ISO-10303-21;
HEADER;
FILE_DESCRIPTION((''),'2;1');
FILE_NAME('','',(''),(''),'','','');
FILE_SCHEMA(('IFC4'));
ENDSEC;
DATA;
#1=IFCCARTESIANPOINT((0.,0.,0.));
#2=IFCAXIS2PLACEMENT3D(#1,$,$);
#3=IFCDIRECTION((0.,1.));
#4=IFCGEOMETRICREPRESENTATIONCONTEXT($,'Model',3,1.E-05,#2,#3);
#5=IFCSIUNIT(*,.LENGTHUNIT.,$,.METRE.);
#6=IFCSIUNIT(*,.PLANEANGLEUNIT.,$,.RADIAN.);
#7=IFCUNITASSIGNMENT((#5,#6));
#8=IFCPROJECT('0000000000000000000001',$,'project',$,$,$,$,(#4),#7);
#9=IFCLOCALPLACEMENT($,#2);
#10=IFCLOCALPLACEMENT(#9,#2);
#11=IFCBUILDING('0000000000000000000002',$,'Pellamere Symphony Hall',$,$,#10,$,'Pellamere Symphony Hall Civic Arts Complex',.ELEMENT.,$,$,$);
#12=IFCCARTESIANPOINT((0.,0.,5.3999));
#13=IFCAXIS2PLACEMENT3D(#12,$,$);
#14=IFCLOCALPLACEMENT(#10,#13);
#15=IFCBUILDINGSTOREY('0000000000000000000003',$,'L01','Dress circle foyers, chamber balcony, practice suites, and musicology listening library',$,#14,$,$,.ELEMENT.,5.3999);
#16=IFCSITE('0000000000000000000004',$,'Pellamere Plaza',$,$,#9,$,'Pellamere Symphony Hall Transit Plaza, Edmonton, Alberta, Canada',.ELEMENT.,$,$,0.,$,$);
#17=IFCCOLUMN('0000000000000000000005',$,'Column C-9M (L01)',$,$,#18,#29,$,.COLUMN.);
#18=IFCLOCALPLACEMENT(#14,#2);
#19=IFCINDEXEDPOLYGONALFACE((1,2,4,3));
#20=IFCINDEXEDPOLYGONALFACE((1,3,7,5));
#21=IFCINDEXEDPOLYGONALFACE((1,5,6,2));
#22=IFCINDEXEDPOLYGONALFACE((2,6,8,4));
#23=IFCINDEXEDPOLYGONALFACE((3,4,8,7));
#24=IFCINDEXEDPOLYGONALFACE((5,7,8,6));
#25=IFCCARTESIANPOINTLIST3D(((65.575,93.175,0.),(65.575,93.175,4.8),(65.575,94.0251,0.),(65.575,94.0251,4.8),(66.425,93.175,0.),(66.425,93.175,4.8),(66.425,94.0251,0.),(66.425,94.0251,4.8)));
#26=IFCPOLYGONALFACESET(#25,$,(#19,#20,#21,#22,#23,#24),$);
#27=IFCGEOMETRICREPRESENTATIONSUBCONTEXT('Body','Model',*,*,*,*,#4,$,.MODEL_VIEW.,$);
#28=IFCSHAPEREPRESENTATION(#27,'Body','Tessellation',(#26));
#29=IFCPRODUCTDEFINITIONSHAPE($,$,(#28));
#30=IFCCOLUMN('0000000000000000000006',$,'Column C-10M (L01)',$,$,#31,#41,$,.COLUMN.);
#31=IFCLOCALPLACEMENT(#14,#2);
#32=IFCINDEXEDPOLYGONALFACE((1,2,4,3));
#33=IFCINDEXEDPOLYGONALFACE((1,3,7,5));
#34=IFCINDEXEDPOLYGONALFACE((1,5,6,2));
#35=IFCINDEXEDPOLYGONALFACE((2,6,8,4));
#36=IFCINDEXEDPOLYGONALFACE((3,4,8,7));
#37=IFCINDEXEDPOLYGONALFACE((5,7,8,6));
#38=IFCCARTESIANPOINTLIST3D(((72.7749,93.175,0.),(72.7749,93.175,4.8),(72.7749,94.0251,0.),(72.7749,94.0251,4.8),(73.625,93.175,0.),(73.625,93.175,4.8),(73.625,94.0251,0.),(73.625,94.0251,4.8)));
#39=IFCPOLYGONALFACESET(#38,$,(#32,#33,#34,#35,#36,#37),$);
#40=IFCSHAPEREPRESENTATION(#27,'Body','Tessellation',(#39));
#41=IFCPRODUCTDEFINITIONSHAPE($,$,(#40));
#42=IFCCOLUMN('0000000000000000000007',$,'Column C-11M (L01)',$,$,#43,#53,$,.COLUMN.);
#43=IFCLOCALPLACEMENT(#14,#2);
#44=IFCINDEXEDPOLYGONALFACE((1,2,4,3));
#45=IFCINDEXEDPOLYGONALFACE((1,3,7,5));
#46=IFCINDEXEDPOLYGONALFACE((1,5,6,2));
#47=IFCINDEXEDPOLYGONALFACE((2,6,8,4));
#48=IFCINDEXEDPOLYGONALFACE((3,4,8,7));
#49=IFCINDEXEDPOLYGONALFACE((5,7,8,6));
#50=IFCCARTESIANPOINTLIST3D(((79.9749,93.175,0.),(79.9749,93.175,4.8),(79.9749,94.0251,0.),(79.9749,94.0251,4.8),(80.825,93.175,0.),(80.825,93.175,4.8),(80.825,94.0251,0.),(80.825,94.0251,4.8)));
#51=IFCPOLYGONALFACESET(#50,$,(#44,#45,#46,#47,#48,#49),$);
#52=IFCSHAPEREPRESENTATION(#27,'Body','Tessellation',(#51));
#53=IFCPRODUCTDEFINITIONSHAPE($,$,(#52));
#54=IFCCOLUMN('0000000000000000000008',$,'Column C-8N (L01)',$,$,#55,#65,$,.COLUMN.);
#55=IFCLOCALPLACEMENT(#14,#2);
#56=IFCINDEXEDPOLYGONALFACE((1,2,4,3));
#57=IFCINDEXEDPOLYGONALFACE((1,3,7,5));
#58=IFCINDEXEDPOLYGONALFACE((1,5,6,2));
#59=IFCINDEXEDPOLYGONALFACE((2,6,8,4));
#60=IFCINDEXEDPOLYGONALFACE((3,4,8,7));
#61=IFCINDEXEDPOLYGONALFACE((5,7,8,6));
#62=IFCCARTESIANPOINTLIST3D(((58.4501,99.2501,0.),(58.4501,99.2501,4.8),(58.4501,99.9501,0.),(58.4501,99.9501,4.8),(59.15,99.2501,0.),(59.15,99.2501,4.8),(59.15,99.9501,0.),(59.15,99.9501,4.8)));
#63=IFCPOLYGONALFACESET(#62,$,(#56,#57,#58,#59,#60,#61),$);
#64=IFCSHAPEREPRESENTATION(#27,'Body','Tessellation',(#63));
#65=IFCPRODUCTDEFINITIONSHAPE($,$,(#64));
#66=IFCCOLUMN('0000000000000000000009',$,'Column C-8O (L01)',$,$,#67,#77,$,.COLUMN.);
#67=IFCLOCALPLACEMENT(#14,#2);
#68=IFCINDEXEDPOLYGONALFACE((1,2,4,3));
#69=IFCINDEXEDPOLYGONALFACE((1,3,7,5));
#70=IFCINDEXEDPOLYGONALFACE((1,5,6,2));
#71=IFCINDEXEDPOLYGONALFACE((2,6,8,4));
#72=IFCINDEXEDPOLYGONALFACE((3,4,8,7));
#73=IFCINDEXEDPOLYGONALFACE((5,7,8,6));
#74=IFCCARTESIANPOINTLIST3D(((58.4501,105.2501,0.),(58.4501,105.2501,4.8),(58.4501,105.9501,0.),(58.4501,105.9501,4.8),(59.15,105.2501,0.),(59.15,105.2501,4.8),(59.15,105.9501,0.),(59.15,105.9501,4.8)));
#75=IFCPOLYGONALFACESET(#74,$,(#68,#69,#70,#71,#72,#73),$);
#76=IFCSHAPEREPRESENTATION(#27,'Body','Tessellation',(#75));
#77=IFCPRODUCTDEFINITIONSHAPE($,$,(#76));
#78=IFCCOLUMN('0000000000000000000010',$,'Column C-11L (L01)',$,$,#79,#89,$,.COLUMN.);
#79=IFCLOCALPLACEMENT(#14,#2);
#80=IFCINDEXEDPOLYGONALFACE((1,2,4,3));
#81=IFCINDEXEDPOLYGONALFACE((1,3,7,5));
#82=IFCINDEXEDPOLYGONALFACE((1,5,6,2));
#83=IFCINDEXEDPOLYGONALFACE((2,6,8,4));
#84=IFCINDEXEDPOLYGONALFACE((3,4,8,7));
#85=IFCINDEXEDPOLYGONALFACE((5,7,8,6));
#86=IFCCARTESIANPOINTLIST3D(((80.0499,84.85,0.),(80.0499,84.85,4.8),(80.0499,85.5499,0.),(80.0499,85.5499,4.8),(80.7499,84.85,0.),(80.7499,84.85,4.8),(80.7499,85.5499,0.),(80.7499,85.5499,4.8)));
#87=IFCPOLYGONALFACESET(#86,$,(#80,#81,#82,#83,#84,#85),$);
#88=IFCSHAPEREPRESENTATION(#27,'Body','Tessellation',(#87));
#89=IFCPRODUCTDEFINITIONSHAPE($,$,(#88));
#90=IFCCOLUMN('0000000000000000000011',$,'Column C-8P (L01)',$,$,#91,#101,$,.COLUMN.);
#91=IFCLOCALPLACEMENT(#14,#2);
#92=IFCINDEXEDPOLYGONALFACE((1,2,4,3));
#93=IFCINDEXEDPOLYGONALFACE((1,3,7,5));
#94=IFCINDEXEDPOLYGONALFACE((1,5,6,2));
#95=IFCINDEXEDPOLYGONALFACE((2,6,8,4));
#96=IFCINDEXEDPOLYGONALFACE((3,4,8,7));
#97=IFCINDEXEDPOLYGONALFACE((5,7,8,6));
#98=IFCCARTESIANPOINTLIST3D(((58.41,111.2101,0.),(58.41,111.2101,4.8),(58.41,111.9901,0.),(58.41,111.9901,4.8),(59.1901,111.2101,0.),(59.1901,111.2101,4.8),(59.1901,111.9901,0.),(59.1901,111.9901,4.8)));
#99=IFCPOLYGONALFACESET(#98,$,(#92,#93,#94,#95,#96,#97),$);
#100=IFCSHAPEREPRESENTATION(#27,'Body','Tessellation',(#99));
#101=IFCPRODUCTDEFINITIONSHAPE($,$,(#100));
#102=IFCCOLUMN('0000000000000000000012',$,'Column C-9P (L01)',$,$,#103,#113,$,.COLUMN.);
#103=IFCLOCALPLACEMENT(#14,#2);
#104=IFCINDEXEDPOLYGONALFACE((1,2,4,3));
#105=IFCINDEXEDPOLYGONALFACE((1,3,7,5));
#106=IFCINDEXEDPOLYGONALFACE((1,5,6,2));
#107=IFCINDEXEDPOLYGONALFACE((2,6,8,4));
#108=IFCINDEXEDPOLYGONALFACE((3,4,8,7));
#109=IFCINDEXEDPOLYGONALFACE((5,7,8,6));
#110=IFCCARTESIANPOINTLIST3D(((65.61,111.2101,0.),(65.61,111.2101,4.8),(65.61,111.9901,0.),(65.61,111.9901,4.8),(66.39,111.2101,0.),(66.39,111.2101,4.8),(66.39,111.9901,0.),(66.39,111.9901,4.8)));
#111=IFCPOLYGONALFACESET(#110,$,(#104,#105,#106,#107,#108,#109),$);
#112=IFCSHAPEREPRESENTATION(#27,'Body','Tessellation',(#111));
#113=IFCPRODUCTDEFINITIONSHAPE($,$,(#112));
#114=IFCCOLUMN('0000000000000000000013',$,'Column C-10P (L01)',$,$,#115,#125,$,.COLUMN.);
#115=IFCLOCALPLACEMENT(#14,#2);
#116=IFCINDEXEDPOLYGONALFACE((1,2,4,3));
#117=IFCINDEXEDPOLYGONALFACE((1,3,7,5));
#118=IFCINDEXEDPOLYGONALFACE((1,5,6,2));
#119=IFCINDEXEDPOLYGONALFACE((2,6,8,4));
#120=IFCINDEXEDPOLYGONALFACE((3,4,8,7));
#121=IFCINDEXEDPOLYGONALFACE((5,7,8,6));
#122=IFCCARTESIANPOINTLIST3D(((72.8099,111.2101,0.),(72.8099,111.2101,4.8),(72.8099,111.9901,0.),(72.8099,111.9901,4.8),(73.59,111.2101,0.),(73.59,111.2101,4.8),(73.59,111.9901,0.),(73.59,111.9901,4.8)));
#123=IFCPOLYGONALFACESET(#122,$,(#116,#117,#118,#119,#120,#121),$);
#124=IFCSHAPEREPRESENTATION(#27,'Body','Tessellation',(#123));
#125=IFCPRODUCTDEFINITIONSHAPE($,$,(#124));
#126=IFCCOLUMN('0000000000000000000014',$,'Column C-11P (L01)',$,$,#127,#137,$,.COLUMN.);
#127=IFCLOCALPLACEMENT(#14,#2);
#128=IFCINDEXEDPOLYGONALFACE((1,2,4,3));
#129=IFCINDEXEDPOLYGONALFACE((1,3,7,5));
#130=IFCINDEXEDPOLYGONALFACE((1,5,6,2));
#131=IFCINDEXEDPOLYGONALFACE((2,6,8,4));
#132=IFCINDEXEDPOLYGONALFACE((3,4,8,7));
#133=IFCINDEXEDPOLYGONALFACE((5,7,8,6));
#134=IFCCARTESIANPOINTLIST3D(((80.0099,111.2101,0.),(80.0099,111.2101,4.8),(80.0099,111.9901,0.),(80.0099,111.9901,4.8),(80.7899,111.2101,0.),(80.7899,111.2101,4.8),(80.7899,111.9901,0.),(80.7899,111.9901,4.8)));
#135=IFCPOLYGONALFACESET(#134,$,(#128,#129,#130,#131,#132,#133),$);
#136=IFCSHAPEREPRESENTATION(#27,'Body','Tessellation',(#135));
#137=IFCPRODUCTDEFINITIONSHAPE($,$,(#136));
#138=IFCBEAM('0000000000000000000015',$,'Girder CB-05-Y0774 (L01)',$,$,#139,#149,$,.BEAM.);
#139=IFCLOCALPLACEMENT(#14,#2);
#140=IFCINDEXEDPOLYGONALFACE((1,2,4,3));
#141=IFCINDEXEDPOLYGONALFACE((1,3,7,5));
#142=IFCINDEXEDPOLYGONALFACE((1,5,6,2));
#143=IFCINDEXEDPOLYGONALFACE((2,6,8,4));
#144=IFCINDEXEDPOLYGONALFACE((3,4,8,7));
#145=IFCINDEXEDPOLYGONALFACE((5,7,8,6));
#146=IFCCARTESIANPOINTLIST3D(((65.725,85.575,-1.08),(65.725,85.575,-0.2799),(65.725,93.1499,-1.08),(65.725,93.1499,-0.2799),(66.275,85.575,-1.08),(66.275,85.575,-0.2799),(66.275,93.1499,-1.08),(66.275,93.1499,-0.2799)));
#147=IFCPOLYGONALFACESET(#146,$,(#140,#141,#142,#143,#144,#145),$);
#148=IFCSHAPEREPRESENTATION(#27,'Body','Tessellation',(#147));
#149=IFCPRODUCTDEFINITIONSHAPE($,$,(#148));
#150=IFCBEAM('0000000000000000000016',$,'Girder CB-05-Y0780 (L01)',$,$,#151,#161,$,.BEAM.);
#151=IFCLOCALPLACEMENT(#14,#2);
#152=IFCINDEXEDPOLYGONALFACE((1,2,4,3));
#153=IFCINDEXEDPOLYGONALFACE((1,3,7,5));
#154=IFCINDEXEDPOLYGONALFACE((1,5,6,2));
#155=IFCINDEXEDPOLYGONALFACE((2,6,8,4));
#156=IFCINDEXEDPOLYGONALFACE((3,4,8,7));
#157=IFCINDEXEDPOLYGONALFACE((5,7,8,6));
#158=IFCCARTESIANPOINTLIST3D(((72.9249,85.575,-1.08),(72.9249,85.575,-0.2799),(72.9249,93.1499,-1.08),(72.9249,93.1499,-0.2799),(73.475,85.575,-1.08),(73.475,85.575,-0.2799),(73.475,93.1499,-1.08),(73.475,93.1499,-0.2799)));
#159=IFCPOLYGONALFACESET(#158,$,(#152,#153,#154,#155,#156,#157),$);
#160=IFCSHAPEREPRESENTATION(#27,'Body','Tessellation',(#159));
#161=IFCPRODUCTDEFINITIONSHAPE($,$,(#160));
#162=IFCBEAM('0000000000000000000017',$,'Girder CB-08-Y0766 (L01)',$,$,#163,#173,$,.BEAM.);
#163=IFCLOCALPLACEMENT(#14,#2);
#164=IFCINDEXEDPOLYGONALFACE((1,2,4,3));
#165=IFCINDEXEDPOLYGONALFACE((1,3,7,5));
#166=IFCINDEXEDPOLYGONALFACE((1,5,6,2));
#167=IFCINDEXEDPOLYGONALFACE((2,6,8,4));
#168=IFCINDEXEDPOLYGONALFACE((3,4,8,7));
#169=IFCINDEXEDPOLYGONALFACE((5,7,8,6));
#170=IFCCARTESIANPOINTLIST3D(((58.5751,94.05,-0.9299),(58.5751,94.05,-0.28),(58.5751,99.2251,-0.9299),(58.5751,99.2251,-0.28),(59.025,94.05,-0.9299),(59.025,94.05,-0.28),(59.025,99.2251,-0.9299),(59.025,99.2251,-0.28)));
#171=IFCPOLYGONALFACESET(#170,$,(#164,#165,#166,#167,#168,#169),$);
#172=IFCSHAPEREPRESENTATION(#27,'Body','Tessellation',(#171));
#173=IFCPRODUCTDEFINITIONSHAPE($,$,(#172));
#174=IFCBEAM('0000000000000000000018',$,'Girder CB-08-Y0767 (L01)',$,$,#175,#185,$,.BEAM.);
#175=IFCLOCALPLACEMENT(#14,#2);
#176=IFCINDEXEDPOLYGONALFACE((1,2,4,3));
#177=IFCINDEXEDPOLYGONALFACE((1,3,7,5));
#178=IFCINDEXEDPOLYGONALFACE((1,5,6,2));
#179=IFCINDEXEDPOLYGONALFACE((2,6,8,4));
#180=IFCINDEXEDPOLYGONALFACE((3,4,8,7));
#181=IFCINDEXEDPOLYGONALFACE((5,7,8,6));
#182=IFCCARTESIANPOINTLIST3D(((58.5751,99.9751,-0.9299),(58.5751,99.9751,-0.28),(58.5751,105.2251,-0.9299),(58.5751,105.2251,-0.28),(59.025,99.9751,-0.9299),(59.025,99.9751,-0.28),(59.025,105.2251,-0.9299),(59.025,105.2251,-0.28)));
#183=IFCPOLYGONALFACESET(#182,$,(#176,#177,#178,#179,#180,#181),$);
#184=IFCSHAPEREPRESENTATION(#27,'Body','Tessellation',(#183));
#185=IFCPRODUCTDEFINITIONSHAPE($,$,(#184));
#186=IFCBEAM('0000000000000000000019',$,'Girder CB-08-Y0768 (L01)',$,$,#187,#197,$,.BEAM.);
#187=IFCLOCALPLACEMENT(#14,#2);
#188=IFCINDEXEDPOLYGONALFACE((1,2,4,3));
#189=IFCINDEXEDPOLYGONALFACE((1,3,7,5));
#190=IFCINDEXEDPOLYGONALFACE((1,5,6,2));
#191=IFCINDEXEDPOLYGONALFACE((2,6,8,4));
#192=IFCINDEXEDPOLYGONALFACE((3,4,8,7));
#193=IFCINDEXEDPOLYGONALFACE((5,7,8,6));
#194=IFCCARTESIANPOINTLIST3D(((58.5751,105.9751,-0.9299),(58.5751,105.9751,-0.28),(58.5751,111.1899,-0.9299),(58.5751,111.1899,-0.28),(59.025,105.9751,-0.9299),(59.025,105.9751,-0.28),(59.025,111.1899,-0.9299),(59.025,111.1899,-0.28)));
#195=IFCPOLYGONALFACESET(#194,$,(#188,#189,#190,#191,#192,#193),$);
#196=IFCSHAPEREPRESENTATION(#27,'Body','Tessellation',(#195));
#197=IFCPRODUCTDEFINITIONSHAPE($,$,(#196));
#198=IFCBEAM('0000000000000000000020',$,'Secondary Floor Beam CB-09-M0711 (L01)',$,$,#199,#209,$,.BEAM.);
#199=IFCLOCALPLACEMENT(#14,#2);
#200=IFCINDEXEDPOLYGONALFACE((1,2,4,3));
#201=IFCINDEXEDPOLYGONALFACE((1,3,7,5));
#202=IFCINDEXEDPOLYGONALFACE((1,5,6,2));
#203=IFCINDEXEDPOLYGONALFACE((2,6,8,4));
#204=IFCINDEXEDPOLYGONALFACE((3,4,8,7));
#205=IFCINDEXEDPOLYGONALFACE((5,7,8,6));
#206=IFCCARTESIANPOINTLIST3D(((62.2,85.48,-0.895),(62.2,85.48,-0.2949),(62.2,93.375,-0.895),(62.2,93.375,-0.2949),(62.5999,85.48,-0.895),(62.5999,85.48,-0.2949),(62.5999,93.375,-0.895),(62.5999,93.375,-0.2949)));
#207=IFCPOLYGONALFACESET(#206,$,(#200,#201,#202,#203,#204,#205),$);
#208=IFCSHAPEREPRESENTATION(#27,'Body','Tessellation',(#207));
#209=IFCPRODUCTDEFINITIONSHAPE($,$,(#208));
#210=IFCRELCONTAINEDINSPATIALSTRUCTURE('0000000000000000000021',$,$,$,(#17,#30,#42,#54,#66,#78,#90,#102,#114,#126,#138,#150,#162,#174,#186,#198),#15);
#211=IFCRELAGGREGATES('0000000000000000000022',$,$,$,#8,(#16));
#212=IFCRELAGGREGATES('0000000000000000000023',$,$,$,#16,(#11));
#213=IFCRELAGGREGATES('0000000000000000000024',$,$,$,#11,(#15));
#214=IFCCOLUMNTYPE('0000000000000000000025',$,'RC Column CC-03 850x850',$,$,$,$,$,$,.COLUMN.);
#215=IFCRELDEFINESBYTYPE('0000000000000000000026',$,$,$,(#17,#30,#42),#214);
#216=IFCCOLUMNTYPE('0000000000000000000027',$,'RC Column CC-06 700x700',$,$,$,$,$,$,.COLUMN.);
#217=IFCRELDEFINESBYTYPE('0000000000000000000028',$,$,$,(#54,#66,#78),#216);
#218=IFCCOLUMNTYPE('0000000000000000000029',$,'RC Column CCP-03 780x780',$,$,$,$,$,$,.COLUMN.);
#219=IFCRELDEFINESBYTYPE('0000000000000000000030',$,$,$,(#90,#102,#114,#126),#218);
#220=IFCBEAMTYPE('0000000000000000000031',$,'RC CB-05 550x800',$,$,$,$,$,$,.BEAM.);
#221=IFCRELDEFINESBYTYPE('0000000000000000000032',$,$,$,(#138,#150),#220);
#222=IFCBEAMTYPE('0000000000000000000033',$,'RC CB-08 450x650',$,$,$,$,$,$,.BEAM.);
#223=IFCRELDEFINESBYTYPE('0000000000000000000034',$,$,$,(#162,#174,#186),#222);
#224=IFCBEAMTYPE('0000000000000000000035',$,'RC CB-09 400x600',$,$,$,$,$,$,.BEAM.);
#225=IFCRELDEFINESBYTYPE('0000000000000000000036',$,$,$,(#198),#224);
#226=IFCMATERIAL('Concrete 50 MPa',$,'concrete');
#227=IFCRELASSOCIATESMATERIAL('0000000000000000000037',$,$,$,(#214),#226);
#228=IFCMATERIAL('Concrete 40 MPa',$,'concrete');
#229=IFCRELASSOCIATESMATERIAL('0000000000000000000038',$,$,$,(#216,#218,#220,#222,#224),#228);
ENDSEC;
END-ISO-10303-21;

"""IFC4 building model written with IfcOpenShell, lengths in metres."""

from ifc_helpers import new_model, si_unit, direction, frame, origin, origin_2d, place, context, subcontext, project, spatial, rectangle, extrude, material, material_profile, profile_set, type_object, element, save


model = new_model("IFC4")

# Units and contexts
model_context = context("Model", 3, precision=1e-05, world=origin(), true_north=direction((0.0, 1.0)))
body_context = subcontext(model_context, "Body", "Model", "MODEL_VIEW")
ifc_project = project(units=[si_unit("LENGTHUNIT", "METRE"), si_unit("PLANEANGLEUNIT", "RADIAN")], contexts=[model_context])

# Site, building, storey
site_placement = place(None, origin())
site = spatial("IfcSite", under=ifc_project, at=site_placement, Name="Pellamere Plaza", LongName="Pellamere Symphony Hall Transit Plaza, Edmonton, Alberta, Canada", CompositionType="ELEMENT", RefElevation=0.0)
building_placement = place(site_placement, origin())
building = spatial("IfcBuilding", under=site, at=building_placement, Name="Pellamere Symphony Hall", LongName="Pellamere Symphony Hall Civic Arts Complex", CompositionType="ELEMENT")
storey_placement = place(building_placement, frame((0.0, 0.0, 5.3999)))
storey = spatial("IfcBuildingStorey", under=building, at=storey_placement, Name="L01", Description="Dress circle foyers, chamber balcony, practice suites, and musicology listening library", CompositionType="ELEMENT", Elevation=5.3999)

# Columns
ifc_material_1 = material(Name="Concrete 50 MPa", Category="concrete")
ifc_material_profile_1 = material_profile(ifc_material_1, rectangle(XDim=0.8501, YDim=0.8501, at=origin_2d()), Name="RC 850x850")
ifc_profile_set_1 = profile_set([ifc_material_profile_1], Name="Concrete 50 MPa")
column_type_1 = type_object("IfcColumnType", Name="RC Column CC-03 850x850", PredefinedType="COLUMN", material=ifc_profile_set_1)
for number, where, z_axis, x_axis, name in (
    (1, (66.0, 93.6001, 0.0), (0.0, 0.0, 1.0), (1.0, 0.0, 0.0), "Column C-9M (L01)"),
    (2, (73.2, 93.6001, 0.0), (0.0, 0.0, 1.0), (1.0, 0.0, 0.0), "Column C-10M (L01)"),
    (3, (80.3999, 93.6001, 0.0), (0.0, 0.0, 1.0), (1.0, 0.0, 0.0), "Column C-11M (L01)"),
):
    element("IfcColumn", number, at=place(storey_placement, frame(where, z_axis=z_axis, x_axis=x_axis)), inside=storey, type_object=column_type_1, Name=name, PredefinedType="COLUMN", context=body_context, shape_type="SweptSolid", body=[
        extrude(rectangle(XDim=0.8501, YDim=0.8501, at=origin_2d()), origin(), (0.0, 0.0, 1.0), 4.8),
    ])
ifc_material_2 = material(Name="Concrete 40 MPa", Category="concrete")
ifc_material_profile_2 = material_profile(ifc_material_2, rectangle(XDim=0.7, YDim=0.7, at=origin_2d()), Name="RC 700x700")
ifc_profile_set_2 = profile_set([ifc_material_profile_2], Name="Concrete 40 MPa")
column_type_2 = type_object("IfcColumnType", Name="RC Column CC-06 700x700", PredefinedType="COLUMN", material=ifc_profile_set_2)
for number, where, z_axis, x_axis, name in (
    (4, (58.8, 99.6001, 0.0), (0.0, 0.0, 1.0), (1.0, 0.0, 0.0), "Column C-8N (L01)"),
    (5, (58.8, 105.6001, 0.0), (0.0, 0.0, 1.0), (1.0, 0.0, 0.0), "Column C-8O (L01)"),
    (6, (80.3999, 85.2, 0.0), (0.0, 0.0, 1.0), (1.0, 0.0, 0.0), "Column C-11L (L01)"),
):
    element("IfcColumn", number, at=place(storey_placement, frame(where, z_axis=z_axis, x_axis=x_axis)), inside=storey, type_object=column_type_2, Name=name, PredefinedType="COLUMN", context=body_context, shape_type="SweptSolid", body=[
        extrude(rectangle(XDim=0.7, YDim=0.7, at=origin_2d()), origin(), (0.0, 0.0, 1.0), 4.8),
    ])
ifc_material_profile_3 = material_profile(ifc_material_2, rectangle(XDim=0.78, YDim=0.78, at=origin_2d()), Name="RC 780x780")
ifc_profile_set_3 = profile_set([ifc_material_profile_3], Name="Concrete 40 MPa")
column_type_3 = type_object("IfcColumnType", Name="RC Column CCP-03 780x780", PredefinedType="COLUMN", material=ifc_profile_set_3)
for number, where, z_axis, x_axis, name in (
    (7, (58.8, 111.6001, 0.0), (0.0, 0.0, 1.0), (1.0, 0.0, 0.0), "Column C-8P (L01)"),
    (8, (66.0, 111.6001, 0.0), (0.0, 0.0, 1.0), (1.0, 0.0, 0.0), "Column C-9P (L01)"),
    (9, (73.2, 111.6001, 0.0), (0.0, 0.0, 1.0), (1.0, 0.0, 0.0), "Column C-10P (L01)"),
    (10, (80.3999, 111.6001, 0.0), (0.0, 0.0, 1.0), (1.0, 0.0, 0.0), "Column C-11P (L01)"),
):
    element("IfcColumn", number, at=place(storey_placement, frame(where, z_axis=z_axis, x_axis=x_axis)), inside=storey, type_object=column_type_3, Name=name, PredefinedType="COLUMN", context=body_context, shape_type="SweptSolid", body=[
        extrude(rectangle(XDim=0.78, YDim=0.78, at=origin_2d()), origin(), (0.0, 0.0, 1.0), 4.8),
    ])

# Beams
ifc_material_profile_4 = material_profile(ifc_material_2, rectangle(XDim=0.55, YDim=0.8, at=origin_2d()), Name="RC 550x800")
ifc_profile_set_4 = profile_set([ifc_material_profile_4], Name="Concrete 40 MPa")
beam_type_1 = type_object("IfcBeamType", Name="RC CB-05 550x800", PredefinedType="BEAM", material=ifc_profile_set_4)
for number, where, z_axis, x_axis, name in (
    (11, (66.0, 85.575, -0.6799), (0.0, 1.0, 0.0), (-1.0, 0.0, 0.0), "Girder CB-05-Y0774 (L01)"),
    (12, (73.2, 85.575, -0.6799), (0.0, 1.0, 0.0), (-1.0, 0.0, 0.0), "Girder CB-05-Y0780 (L01)"),
):
    element("IfcBeam", number, at=place(storey_placement, frame(where, z_axis=z_axis, x_axis=x_axis)), inside=storey, type_object=beam_type_1, Name=name, PredefinedType="BEAM", context=body_context, shape_type="SweptSolid", body=[
        extrude(rectangle(XDim=0.55, YDim=0.8, at=origin_2d()), origin(), (0.0, 0.0, 1.0), 7.575),
    ])
ifc_material_profile_5 = material_profile(ifc_material_2, rectangle(XDim=0.45, YDim=0.6499, at=origin_2d()), Name="RC 450x650")
ifc_profile_set_5 = profile_set([ifc_material_profile_5], Name="Concrete 40 MPa")
beam_type_2 = type_object("IfcBeamType", Name="RC CB-08 450x650", PredefinedType="BEAM", material=ifc_profile_set_5)
beam_1_placement = place(storey_placement, frame((58.8, 94.05, -0.605), z_axis=(0.0, 1.0, 0.0), x_axis=(-1.0, 0.0, 0.0)))
element("IfcBeam", 13, at=beam_1_placement, inside=storey, type_object=beam_type_2, Name="Girder CB-08-Y0766 (L01)", PredefinedType="BEAM", context=body_context, shape_type="SweptSolid", body=[
    extrude(rectangle(XDim=0.45, YDim=0.6499, at=origin_2d()), origin(), (0.0, 0.0, 1.0), 5.175),
])
beam_2_placement = place(storey_placement, frame((58.8, 99.9751, -0.605), z_axis=(0.0, 1.0, 0.0), x_axis=(-1.0, 0.0, 0.0)))
element("IfcBeam", 14, at=beam_2_placement, inside=storey, type_object=beam_type_2, Name="Girder CB-08-Y0767 (L01)", PredefinedType="BEAM", context=body_context, shape_type="SweptSolid", body=[
    extrude(rectangle(XDim=0.45, YDim=0.6499, at=origin_2d()), origin(), (0.0, 0.0, 1.0), 5.25),
])
beam_3_placement = place(storey_placement, frame((58.8, 105.9751, -0.605), z_axis=(0.0, 1.0, 0.0), x_axis=(-1.0, 0.0, 0.0)))
element("IfcBeam", 15, at=beam_3_placement, inside=storey, type_object=beam_type_2, Name="Girder CB-08-Y0768 (L01)", PredefinedType="BEAM", context=body_context, shape_type="SweptSolid", body=[
    extrude(rectangle(XDim=0.45, YDim=0.6499, at=origin_2d()), origin(), (0.0, 0.0, 1.0), 5.2148),
])
ifc_material_profile_6 = material_profile(ifc_material_2, rectangle(XDim=0.3999, YDim=0.6001, at=origin_2d()), Name="RC 400x600")
ifc_profile_set_6 = profile_set([ifc_material_profile_6], Name="Concrete 40 MPa")
beam_type_3 = type_object("IfcBeamType", Name="RC CB-09 400x600", PredefinedType="BEAM", material=ifc_profile_set_6)
for number, where, z_axis, x_axis, name in (
    (16, (62.3999, 85.48, -0.595), (0.0, 1.0, 0.0), (-1.0, 0.0, 0.0), "Secondary Floor Beam CB-09-M0711 (L01)"),
):
    element("IfcBeam", number, at=place(storey_placement, frame(where, z_axis=z_axis, x_axis=x_axis)), inside=storey, type_object=beam_type_3, Name=name, PredefinedType="BEAM", context=body_context, shape_type="SweptSolid", body=[
        extrude(rectangle(XDim=0.3999, YDim=0.6001, at=origin_2d()), origin(), (0.0, 0.0, 1.0), 7.895),
    ])

save(model, "model.ifc")
